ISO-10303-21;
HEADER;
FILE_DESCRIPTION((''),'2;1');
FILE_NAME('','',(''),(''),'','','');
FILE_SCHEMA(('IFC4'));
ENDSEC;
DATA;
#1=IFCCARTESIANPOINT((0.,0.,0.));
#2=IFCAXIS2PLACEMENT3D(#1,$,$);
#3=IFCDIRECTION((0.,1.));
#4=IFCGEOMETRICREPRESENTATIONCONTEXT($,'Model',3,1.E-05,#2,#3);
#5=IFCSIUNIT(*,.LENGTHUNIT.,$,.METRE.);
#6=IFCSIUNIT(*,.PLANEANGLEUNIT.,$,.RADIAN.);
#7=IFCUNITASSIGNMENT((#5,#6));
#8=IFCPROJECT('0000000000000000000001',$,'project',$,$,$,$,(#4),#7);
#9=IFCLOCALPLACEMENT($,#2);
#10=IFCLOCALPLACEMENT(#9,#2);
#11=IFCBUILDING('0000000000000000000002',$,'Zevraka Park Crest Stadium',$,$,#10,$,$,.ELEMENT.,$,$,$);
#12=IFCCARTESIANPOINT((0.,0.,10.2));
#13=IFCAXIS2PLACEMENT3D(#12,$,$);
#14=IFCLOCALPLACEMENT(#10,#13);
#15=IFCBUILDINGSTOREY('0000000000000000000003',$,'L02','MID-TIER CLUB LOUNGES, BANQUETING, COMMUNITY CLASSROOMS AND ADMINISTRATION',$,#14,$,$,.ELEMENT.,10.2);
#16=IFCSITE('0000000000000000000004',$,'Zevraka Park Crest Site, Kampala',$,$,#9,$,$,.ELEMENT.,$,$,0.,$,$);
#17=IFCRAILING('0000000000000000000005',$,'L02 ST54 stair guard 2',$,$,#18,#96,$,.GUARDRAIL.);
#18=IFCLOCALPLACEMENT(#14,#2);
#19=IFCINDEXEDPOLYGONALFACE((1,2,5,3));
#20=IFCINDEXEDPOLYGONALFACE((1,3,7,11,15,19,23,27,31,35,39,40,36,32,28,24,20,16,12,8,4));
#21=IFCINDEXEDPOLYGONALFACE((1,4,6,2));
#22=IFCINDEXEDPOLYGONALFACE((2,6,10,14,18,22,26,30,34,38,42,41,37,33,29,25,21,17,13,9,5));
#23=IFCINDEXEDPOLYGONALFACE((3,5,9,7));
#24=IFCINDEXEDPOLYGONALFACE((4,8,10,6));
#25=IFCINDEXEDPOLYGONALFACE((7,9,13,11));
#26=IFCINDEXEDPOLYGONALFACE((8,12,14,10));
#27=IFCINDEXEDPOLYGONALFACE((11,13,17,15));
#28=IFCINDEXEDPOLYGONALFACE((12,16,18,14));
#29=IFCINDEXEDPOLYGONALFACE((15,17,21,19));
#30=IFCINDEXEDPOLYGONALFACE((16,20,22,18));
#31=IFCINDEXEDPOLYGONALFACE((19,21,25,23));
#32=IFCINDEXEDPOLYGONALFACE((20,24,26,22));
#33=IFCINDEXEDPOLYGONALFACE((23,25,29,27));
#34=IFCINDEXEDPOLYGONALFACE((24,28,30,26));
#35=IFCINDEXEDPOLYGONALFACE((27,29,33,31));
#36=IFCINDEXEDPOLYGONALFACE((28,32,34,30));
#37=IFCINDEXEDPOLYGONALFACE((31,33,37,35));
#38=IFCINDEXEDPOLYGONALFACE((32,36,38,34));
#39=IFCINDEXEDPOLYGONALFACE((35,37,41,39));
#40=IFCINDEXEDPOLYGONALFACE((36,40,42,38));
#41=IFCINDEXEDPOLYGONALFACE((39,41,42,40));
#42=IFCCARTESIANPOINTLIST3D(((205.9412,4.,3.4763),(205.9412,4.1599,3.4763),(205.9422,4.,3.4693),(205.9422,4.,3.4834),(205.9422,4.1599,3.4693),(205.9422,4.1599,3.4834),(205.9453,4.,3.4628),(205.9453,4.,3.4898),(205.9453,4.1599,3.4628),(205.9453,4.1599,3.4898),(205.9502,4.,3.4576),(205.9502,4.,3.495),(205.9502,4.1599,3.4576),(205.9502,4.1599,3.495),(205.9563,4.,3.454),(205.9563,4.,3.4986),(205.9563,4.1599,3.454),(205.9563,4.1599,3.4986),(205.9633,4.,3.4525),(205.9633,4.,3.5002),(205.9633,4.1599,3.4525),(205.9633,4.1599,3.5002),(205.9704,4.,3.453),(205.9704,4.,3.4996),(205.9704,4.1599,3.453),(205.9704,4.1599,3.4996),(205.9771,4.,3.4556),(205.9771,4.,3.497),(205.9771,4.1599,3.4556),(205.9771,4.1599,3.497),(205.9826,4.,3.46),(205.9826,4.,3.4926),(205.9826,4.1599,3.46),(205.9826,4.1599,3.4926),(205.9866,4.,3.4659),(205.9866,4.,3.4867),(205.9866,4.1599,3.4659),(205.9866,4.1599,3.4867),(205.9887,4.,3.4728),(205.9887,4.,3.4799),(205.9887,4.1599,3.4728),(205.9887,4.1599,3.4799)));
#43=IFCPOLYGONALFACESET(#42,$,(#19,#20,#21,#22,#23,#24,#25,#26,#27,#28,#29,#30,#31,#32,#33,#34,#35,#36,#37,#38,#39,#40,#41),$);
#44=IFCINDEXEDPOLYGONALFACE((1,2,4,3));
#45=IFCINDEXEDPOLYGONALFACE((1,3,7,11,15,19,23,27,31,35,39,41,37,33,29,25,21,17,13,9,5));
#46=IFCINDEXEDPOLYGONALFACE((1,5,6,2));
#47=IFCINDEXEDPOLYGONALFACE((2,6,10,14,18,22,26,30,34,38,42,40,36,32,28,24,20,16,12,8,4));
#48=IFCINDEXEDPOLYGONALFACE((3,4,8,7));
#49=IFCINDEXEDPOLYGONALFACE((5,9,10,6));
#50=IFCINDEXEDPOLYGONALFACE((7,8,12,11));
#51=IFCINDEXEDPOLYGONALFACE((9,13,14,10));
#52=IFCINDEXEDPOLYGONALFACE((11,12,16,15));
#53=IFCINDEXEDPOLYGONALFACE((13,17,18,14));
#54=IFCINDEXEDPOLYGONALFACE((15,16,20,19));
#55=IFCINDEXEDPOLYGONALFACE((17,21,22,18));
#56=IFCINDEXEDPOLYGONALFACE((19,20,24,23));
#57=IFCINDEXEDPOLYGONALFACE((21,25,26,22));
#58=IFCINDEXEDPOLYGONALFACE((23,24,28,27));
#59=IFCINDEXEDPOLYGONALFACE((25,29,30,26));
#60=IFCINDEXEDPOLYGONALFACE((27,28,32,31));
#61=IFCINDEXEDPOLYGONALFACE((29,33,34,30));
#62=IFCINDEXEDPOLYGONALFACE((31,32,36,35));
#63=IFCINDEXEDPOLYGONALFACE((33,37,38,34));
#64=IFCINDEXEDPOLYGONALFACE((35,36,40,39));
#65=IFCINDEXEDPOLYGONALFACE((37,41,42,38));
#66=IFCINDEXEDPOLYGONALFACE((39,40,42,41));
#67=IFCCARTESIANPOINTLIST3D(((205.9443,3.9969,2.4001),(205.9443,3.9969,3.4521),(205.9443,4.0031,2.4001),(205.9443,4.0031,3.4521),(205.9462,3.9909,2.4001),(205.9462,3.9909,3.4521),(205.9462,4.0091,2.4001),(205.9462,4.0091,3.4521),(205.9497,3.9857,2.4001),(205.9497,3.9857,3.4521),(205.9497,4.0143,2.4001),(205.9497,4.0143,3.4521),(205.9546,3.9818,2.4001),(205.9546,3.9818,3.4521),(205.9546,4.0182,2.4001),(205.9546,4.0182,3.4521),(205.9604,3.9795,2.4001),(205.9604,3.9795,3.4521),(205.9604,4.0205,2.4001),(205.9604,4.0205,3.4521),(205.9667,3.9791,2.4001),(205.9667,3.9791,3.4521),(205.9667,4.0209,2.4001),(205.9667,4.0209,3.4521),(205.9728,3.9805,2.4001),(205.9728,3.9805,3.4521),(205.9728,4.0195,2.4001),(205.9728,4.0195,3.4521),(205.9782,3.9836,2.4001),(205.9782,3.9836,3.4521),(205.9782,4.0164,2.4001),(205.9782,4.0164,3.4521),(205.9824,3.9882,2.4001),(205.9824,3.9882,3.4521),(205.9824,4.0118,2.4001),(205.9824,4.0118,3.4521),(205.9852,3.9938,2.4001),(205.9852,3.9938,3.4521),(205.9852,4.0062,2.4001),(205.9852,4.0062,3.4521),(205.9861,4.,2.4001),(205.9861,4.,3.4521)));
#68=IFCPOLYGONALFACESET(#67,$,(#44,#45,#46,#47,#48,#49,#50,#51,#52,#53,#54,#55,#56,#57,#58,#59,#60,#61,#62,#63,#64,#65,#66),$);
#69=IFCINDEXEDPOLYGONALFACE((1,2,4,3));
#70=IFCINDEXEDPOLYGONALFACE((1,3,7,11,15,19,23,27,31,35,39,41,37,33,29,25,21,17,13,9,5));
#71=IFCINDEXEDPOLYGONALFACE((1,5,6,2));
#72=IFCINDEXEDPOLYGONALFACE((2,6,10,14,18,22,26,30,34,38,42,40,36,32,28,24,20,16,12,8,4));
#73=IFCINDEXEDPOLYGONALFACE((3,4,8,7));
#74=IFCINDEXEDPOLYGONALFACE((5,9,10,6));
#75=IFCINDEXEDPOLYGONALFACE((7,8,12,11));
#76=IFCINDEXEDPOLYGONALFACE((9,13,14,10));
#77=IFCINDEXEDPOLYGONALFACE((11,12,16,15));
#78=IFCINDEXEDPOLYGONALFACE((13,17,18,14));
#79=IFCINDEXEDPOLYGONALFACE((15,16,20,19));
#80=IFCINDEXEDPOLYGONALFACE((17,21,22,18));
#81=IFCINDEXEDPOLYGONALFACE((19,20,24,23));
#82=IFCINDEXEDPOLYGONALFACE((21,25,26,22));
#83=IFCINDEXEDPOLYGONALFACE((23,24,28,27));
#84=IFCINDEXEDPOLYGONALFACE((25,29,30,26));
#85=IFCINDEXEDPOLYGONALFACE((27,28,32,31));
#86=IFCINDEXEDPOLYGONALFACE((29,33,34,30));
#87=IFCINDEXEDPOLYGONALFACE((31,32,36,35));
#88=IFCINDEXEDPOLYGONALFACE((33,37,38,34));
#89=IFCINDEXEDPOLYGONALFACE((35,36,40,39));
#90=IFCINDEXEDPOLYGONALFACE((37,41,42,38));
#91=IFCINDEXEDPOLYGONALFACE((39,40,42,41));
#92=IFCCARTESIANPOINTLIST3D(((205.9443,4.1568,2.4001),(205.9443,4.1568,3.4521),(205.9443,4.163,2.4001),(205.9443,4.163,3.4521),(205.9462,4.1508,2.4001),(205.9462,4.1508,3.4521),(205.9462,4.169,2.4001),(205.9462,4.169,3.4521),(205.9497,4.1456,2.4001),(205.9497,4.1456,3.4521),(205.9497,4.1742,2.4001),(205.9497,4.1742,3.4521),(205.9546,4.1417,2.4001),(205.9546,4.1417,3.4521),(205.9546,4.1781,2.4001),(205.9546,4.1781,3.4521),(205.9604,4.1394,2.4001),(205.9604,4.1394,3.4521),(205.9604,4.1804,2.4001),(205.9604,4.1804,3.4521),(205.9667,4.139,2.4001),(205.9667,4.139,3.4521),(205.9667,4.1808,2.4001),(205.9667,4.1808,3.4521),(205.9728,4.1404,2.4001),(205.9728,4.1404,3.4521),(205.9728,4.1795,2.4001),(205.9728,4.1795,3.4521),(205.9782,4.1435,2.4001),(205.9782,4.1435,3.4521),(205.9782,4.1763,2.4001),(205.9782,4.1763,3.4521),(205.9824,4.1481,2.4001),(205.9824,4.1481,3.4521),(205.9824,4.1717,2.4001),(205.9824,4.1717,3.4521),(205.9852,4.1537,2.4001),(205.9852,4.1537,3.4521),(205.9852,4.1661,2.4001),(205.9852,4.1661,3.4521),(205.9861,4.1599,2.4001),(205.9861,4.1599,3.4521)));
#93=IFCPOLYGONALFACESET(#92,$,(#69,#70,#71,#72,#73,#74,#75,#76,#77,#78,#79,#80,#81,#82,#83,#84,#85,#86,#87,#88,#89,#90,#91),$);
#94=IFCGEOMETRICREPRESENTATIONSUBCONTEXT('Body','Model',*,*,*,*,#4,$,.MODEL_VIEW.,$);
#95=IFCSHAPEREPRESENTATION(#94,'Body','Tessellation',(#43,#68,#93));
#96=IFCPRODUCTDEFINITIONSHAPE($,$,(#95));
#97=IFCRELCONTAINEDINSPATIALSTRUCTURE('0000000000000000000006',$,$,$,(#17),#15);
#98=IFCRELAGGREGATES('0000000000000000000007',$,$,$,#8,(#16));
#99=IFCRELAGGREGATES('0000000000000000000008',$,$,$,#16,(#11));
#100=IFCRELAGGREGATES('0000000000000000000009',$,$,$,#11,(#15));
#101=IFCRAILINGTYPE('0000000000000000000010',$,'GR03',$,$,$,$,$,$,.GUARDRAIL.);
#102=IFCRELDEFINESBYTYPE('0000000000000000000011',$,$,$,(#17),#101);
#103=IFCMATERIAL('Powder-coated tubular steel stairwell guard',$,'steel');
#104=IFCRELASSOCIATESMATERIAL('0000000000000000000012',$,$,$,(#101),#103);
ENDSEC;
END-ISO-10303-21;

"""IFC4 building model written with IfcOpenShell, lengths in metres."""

from ifc_helpers import new_model, si_unit, direction, frame, origin, origin_2d, place, context, subcontext, project, spatial, circle, extrude, material, type_object, element, save


model = new_model("IFC4")

# Units and contexts
model_context = context("Model", 3, precision=1e-05, world=origin(), true_north=direction((0.0, 1.0)))
body_context = subcontext(model_context, "Body", "Model", "MODEL_VIEW")
ifc_project = project(units=[si_unit("LENGTHUNIT", "METRE"), si_unit("PLANEANGLEUNIT", "RADIAN")], contexts=[model_context])

# Site, building, storey
site_placement = place(None, origin())
site = spatial("IfcSite", under=ifc_project, at=site_placement, Name="Zevraka Park Crest Site, Kampala", CompositionType="ELEMENT", RefElevation=0.0)
building_placement = place(site_placement, origin())
building = spatial("IfcBuilding", under=site, at=building_placement, Name="Zevraka Park Crest Stadium", CompositionType="ELEMENT")
storey_placement = place(building_placement, frame((0.0, 0.0, 10.2)))
storey = spatial("IfcBuildingStorey", under=building, at=storey_placement, Name="L02", Description="MID-TIER CLUB LOUNGES, BANQUETING, COMMUNITY CLASSROOMS AND ADMINISTRATION", CompositionType="ELEMENT", Elevation=10.2)

# Railing
ifc_material_1 = material(Name="Powder-coated tubular steel stairwell guard", Category="steel")
railing_type_1 = type_object("IfcRailingType", Name="GR03", PredefinedType="GUARDRAIL", material=ifc_material_1)
railing_1_placement = place(storey_placement, frame((205.9651, 4.0, 2.4001)))
element("IfcRailing", 1, at=railing_1_placement, inside=storey, type_object=railing_type_1, Name="L02 ST54 stair guard 2", PredefinedType="GUARDRAIL", context=body_context, shape_type="SweptSolid", body=[
    extrude(circle(Radius=0.0239, at=origin_2d()), frame((0.0, 0.0, 1.0762), z_axis=(0.0, 1.0, 0.0), x_axis=(-1.0, 0.0, 0.0)), (0.0, 0.0, 1.0), 0.1599),
    extrude(circle(Radius=0.021, at=origin_2d()), origin(), (0.0, 0.0, 1.0), 1.052),
    extrude(circle(Radius=0.021, at=origin_2d()), frame((0.0, 0.1599, 0.0)), (0.0, 0.0, 1.0), 1.052),
])

save(model, "model.ifc")
